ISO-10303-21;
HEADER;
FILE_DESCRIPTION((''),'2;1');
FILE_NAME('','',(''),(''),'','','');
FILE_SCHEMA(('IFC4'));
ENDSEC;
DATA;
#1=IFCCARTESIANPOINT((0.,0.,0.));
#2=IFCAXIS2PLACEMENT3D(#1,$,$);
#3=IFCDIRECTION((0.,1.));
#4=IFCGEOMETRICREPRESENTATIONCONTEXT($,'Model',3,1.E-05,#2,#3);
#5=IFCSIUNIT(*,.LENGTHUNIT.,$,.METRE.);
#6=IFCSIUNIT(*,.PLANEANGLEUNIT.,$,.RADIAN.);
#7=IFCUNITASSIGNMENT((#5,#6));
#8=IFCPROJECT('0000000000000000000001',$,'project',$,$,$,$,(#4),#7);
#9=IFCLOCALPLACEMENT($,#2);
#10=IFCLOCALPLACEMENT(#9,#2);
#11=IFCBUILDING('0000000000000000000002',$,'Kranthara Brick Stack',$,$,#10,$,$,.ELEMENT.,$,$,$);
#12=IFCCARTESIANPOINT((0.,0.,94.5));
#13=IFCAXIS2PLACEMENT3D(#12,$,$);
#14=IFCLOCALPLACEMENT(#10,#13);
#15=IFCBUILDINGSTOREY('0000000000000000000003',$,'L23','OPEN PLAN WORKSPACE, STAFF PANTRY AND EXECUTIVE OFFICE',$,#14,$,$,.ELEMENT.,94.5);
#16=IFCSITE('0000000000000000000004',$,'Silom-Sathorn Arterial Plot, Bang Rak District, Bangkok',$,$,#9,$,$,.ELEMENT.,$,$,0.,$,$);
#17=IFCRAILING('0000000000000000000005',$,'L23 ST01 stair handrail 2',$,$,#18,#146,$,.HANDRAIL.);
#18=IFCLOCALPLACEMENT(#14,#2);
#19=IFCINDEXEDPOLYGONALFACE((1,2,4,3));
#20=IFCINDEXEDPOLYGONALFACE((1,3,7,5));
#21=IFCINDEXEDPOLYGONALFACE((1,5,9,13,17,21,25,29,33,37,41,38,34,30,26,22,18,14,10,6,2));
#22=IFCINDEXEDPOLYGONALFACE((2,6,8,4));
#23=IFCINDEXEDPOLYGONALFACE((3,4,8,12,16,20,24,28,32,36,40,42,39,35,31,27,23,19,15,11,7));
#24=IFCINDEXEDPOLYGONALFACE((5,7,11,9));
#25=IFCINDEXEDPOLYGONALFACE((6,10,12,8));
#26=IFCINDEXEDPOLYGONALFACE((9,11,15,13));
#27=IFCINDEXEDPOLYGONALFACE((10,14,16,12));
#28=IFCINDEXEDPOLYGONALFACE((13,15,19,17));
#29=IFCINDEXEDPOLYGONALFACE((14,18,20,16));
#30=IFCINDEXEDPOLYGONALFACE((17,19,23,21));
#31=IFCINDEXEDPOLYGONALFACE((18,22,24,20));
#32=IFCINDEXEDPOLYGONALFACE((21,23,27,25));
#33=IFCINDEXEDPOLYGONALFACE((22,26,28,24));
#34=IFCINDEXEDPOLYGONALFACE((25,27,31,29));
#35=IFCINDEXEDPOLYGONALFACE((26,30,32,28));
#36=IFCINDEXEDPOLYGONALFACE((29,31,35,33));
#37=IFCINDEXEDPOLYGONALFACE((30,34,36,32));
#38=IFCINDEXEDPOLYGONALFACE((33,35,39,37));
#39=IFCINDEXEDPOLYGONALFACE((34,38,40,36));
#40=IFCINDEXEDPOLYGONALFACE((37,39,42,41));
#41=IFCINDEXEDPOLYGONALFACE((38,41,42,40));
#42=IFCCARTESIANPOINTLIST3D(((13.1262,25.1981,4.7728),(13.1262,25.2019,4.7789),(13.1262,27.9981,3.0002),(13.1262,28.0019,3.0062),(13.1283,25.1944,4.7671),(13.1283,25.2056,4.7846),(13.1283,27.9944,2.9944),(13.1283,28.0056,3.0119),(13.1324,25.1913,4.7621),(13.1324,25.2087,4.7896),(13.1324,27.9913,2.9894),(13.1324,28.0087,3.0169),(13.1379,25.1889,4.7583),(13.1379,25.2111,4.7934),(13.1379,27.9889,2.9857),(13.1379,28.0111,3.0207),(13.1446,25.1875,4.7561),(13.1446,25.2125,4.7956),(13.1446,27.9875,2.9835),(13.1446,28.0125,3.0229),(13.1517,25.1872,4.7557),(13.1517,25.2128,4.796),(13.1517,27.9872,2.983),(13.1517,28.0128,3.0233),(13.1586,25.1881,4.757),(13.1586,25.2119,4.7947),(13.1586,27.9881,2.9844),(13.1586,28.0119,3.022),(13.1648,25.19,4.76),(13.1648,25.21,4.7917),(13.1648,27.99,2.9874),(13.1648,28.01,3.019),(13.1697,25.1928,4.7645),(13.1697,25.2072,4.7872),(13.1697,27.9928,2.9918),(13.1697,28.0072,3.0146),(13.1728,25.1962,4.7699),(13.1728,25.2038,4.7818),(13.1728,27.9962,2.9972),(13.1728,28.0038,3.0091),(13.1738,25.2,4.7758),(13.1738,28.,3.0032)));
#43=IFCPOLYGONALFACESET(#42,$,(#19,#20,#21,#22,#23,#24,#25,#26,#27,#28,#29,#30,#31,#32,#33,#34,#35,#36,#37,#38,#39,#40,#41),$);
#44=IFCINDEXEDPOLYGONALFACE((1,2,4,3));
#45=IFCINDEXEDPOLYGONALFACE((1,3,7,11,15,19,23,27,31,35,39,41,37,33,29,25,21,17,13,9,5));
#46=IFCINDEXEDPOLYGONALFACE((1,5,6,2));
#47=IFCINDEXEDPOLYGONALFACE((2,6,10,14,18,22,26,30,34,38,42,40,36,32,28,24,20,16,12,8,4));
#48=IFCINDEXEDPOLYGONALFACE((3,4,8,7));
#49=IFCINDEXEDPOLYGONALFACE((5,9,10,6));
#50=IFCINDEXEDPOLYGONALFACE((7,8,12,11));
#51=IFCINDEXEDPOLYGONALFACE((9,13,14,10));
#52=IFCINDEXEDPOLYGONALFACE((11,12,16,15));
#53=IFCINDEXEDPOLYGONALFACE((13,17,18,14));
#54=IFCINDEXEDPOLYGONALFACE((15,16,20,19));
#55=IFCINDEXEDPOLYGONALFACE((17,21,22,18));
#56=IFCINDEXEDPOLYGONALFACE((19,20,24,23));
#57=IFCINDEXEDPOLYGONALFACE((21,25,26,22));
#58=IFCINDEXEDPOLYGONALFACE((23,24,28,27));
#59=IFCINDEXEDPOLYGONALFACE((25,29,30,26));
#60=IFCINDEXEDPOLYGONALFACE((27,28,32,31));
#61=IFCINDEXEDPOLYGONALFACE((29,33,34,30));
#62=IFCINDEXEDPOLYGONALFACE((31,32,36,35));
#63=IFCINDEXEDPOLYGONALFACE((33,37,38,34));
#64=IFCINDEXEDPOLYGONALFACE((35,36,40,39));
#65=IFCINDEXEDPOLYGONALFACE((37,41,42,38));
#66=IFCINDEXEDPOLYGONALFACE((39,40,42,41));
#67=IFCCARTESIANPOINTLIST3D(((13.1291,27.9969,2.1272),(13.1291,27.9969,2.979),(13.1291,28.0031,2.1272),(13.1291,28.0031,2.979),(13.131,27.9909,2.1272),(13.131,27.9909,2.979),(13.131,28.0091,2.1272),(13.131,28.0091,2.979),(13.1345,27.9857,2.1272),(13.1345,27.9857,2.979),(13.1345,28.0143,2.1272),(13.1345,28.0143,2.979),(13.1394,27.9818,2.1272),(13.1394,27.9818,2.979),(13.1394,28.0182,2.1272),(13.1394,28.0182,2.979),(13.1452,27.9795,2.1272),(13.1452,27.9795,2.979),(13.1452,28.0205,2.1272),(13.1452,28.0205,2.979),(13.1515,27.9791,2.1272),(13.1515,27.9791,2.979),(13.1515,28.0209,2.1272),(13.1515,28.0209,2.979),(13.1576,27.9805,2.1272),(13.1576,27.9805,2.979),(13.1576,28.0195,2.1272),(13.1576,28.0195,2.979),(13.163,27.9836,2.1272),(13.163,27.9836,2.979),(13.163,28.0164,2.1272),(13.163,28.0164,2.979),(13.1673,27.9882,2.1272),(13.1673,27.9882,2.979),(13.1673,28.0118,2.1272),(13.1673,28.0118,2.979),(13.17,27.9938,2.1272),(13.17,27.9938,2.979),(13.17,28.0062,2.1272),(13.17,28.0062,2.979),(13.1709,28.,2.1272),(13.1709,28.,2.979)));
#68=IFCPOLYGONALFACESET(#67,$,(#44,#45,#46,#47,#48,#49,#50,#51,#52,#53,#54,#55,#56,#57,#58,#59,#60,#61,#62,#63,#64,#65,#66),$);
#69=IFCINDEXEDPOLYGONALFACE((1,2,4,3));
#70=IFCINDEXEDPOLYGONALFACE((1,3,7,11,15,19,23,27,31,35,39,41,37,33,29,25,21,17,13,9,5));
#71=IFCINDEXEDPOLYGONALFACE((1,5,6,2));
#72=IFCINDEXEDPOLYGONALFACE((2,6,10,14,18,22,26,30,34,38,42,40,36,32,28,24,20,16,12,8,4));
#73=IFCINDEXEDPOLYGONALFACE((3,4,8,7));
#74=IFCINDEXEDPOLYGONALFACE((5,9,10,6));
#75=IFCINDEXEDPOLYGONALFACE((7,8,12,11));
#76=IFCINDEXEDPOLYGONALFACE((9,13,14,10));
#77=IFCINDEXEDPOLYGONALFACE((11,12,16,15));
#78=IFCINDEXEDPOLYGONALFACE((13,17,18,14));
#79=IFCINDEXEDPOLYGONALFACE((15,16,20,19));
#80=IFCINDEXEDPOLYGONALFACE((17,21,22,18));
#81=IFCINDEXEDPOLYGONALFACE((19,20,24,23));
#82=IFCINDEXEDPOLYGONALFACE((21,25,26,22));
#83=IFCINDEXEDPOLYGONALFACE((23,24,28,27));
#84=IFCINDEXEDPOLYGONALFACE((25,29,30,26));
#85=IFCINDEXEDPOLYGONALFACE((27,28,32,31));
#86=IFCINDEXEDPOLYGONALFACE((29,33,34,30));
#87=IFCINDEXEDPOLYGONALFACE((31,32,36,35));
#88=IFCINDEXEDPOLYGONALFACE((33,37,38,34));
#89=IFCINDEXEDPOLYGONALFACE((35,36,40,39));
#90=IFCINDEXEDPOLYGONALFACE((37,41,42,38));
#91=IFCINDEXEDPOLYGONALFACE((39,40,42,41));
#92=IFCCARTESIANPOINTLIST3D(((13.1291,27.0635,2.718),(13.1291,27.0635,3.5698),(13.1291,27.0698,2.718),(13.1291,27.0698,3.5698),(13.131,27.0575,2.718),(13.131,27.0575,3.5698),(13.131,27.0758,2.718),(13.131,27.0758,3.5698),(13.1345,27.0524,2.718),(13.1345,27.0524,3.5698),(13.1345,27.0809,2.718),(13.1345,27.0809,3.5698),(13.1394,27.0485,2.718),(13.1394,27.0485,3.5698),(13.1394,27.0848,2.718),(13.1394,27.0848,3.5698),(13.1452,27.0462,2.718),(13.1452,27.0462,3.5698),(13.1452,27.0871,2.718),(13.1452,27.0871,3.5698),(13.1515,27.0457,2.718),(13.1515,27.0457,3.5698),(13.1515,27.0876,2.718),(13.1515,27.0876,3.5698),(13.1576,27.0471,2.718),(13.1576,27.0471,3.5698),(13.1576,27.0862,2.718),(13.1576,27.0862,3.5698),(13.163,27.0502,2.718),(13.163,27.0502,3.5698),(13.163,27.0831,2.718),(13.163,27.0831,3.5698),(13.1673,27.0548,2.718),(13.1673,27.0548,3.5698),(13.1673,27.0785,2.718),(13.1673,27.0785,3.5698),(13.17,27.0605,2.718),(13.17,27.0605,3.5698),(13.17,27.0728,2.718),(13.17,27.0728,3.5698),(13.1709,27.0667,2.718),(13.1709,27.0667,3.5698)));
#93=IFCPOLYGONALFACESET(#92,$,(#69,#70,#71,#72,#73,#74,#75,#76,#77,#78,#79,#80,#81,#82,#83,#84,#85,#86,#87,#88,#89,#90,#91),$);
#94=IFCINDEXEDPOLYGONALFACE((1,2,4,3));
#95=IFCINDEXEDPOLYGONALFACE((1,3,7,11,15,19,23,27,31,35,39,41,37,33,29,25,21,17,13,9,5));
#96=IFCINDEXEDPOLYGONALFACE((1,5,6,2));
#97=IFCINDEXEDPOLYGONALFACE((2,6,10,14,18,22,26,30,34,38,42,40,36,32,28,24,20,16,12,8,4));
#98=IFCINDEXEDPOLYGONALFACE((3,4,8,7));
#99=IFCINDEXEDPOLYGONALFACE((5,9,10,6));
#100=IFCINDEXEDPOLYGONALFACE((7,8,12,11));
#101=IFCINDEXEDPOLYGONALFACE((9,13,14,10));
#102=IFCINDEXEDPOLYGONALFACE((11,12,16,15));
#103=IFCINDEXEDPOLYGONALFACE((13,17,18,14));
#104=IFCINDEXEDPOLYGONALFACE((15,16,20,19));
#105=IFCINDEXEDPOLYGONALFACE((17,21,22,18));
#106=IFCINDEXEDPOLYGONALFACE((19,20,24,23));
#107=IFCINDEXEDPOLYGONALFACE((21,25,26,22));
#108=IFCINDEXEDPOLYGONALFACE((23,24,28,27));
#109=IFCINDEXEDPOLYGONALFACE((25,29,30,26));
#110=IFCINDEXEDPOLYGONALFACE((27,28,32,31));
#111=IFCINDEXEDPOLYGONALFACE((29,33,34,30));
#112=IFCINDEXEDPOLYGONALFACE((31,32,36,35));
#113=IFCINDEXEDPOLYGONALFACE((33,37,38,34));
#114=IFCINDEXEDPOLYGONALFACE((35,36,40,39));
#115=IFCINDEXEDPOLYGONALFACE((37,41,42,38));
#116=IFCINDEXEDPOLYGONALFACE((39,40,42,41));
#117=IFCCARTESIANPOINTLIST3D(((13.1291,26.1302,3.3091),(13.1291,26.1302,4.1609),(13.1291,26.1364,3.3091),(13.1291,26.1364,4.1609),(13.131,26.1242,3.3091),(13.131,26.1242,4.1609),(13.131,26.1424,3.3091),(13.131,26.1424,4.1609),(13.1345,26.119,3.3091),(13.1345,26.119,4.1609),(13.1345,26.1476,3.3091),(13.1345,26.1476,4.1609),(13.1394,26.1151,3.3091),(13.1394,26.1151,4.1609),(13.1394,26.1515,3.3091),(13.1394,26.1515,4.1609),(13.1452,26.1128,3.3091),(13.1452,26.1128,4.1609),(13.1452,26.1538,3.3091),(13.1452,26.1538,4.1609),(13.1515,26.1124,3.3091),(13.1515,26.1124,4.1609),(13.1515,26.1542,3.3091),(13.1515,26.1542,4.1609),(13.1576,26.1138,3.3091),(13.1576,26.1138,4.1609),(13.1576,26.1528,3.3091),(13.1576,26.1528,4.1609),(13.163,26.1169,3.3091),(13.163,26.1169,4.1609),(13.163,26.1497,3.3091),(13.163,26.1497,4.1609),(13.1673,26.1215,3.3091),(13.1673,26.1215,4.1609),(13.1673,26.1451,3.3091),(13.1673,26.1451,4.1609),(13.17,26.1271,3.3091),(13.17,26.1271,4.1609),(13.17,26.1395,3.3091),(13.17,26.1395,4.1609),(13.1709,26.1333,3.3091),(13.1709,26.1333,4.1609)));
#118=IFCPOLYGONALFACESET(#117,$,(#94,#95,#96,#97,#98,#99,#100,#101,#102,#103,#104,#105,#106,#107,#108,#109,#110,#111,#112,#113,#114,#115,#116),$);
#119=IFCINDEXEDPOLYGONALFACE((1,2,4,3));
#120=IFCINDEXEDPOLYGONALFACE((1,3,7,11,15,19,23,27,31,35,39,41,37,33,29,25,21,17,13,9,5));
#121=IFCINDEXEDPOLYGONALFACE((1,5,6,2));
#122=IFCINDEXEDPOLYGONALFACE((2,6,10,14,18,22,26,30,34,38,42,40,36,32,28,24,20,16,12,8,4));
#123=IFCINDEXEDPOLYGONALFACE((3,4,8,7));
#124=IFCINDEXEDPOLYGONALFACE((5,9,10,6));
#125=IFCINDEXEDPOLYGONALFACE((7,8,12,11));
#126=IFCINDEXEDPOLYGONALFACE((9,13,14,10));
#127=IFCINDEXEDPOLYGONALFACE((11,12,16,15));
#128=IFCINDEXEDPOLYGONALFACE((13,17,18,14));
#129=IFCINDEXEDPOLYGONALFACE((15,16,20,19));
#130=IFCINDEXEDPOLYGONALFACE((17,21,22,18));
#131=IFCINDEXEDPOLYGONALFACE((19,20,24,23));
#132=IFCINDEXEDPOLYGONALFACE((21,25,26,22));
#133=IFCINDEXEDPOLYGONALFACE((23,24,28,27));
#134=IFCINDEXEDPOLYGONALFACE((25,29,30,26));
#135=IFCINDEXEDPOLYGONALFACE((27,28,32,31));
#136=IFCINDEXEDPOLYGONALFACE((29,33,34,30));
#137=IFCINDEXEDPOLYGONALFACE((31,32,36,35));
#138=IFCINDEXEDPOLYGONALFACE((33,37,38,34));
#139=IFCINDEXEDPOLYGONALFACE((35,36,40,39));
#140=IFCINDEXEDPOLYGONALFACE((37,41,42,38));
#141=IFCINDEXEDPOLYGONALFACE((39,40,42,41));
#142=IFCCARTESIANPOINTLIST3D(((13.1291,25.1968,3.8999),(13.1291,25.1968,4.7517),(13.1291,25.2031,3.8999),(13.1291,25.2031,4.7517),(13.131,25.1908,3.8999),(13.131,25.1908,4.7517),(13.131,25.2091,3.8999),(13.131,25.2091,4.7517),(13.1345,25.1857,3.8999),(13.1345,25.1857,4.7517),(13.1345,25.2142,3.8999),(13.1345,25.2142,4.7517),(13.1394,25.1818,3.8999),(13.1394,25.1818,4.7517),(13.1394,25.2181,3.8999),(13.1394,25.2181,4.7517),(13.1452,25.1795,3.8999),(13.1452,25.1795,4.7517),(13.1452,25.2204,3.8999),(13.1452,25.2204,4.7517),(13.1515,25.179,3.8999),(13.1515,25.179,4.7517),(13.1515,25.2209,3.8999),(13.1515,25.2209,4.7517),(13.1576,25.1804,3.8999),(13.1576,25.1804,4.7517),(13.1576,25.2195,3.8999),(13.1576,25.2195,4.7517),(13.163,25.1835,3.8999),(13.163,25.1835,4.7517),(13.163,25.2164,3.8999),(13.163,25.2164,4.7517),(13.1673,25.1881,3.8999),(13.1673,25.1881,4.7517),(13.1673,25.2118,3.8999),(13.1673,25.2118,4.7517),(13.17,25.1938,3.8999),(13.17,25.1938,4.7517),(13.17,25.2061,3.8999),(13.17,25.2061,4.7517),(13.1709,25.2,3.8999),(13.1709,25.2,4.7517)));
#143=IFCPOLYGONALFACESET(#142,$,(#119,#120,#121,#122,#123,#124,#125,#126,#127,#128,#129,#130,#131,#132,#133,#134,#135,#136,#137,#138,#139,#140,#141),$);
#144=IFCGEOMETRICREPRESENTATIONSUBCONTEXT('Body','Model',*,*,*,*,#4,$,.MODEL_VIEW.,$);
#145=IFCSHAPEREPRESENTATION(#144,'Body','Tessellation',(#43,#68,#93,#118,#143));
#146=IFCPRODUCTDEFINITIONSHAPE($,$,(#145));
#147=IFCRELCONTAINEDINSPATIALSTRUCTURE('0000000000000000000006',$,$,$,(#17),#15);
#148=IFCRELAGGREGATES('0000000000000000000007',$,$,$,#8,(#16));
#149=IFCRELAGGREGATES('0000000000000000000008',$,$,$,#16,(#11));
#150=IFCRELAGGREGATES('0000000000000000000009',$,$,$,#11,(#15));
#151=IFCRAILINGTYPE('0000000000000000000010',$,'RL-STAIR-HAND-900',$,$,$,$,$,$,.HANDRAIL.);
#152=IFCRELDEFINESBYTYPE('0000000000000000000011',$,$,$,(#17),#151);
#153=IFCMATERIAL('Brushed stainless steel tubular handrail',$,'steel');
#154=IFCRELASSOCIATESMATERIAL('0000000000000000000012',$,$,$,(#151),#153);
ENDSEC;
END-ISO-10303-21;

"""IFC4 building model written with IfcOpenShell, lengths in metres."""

from ifc_helpers import new_model, si_unit, direction, frame, origin, origin_2d, place, context, subcontext, project, spatial, circle, extrude, material, type_object, element, save


model = new_model("IFC4")

# Units and contexts
model_context = context("Model", 3, precision=1e-05, world=origin(), true_north=direction((0.0, 1.0)))
body_context = subcontext(model_context, "Body", "Model", "MODEL_VIEW")
ifc_project = project(units=[si_unit("LENGTHUNIT", "METRE"), si_unit("PLANEANGLEUNIT", "RADIAN")], contexts=[model_context])

# Site, building, storey
site_placement = place(None, origin())
site = spatial("IfcSite", under=ifc_project, at=site_placement, Name="Silom-Sathorn Arterial Plot, Bang Rak District, Bangkok", CompositionType="ELEMENT", RefElevation=0.0)
building_placement = place(site_placement, origin())
building = spatial("IfcBuilding", under=site, at=building_placement, Name="Kranthara Brick Stack", CompositionType="ELEMENT")
storey_placement = place(building_placement, frame((0.0, 0.0, 94.5)))
storey = spatial("IfcBuildingStorey", under=building, at=storey_placement, Name="L23", Description="OPEN PLAN WORKSPACE, STAFF PANTRY AND EXECUTIVE OFFICE", CompositionType="ELEMENT", Elevation=94.5)

# Railing
ifc_material_1 = material(Name="Brushed stainless steel tubular handrail", Category="steel")
railing_type_1 = type_object("IfcRailingType", Name="RL-STAIR-HAND-900", PredefinedType="HANDRAIL", material=ifc_material_1)
railing_1_placement = place(storey_placement, frame((13.1499, 28.0, 2.1272)))
element("IfcRailing", 1, at=railing_1_placement, inside=storey, type_object=railing_type_1, Name="L23 ST01 stair handrail 2", PredefinedType="HANDRAIL", context=body_context, shape_type="SweptSolid", body=[
    extrude(circle(Radius=0.0239, at=origin_2d()), frame((0.0, 0.0, 0.876), z_axis=(0.0, -0.844909, 0.53491), x_axis=(1.0, 0.0, 0.0)), (0.0, 0.0, 1.0), 3.314),
    extrude(circle(Radius=0.021, at=origin_2d()), origin(), (0.0, 0.0, 1.0), 0.8518),
    extrude(circle(Radius=0.021, at=origin_2d()), frame((0.0, -0.9333, 0.5908)), (0.0, 0.0, 1.0), 0.8518),
    extrude(circle(Radius=0.021, at=origin_2d()), frame((0.0, -1.8667, 1.1819)), (0.0, 0.0, 1.0), 0.8518),
    extrude(circle(Radius=0.021, at=origin_2d()), frame((0.0, -2.8, 1.7727)), (0.0, 0.0, 1.0), 0.8518),
])

save(model, "model.ifc")
